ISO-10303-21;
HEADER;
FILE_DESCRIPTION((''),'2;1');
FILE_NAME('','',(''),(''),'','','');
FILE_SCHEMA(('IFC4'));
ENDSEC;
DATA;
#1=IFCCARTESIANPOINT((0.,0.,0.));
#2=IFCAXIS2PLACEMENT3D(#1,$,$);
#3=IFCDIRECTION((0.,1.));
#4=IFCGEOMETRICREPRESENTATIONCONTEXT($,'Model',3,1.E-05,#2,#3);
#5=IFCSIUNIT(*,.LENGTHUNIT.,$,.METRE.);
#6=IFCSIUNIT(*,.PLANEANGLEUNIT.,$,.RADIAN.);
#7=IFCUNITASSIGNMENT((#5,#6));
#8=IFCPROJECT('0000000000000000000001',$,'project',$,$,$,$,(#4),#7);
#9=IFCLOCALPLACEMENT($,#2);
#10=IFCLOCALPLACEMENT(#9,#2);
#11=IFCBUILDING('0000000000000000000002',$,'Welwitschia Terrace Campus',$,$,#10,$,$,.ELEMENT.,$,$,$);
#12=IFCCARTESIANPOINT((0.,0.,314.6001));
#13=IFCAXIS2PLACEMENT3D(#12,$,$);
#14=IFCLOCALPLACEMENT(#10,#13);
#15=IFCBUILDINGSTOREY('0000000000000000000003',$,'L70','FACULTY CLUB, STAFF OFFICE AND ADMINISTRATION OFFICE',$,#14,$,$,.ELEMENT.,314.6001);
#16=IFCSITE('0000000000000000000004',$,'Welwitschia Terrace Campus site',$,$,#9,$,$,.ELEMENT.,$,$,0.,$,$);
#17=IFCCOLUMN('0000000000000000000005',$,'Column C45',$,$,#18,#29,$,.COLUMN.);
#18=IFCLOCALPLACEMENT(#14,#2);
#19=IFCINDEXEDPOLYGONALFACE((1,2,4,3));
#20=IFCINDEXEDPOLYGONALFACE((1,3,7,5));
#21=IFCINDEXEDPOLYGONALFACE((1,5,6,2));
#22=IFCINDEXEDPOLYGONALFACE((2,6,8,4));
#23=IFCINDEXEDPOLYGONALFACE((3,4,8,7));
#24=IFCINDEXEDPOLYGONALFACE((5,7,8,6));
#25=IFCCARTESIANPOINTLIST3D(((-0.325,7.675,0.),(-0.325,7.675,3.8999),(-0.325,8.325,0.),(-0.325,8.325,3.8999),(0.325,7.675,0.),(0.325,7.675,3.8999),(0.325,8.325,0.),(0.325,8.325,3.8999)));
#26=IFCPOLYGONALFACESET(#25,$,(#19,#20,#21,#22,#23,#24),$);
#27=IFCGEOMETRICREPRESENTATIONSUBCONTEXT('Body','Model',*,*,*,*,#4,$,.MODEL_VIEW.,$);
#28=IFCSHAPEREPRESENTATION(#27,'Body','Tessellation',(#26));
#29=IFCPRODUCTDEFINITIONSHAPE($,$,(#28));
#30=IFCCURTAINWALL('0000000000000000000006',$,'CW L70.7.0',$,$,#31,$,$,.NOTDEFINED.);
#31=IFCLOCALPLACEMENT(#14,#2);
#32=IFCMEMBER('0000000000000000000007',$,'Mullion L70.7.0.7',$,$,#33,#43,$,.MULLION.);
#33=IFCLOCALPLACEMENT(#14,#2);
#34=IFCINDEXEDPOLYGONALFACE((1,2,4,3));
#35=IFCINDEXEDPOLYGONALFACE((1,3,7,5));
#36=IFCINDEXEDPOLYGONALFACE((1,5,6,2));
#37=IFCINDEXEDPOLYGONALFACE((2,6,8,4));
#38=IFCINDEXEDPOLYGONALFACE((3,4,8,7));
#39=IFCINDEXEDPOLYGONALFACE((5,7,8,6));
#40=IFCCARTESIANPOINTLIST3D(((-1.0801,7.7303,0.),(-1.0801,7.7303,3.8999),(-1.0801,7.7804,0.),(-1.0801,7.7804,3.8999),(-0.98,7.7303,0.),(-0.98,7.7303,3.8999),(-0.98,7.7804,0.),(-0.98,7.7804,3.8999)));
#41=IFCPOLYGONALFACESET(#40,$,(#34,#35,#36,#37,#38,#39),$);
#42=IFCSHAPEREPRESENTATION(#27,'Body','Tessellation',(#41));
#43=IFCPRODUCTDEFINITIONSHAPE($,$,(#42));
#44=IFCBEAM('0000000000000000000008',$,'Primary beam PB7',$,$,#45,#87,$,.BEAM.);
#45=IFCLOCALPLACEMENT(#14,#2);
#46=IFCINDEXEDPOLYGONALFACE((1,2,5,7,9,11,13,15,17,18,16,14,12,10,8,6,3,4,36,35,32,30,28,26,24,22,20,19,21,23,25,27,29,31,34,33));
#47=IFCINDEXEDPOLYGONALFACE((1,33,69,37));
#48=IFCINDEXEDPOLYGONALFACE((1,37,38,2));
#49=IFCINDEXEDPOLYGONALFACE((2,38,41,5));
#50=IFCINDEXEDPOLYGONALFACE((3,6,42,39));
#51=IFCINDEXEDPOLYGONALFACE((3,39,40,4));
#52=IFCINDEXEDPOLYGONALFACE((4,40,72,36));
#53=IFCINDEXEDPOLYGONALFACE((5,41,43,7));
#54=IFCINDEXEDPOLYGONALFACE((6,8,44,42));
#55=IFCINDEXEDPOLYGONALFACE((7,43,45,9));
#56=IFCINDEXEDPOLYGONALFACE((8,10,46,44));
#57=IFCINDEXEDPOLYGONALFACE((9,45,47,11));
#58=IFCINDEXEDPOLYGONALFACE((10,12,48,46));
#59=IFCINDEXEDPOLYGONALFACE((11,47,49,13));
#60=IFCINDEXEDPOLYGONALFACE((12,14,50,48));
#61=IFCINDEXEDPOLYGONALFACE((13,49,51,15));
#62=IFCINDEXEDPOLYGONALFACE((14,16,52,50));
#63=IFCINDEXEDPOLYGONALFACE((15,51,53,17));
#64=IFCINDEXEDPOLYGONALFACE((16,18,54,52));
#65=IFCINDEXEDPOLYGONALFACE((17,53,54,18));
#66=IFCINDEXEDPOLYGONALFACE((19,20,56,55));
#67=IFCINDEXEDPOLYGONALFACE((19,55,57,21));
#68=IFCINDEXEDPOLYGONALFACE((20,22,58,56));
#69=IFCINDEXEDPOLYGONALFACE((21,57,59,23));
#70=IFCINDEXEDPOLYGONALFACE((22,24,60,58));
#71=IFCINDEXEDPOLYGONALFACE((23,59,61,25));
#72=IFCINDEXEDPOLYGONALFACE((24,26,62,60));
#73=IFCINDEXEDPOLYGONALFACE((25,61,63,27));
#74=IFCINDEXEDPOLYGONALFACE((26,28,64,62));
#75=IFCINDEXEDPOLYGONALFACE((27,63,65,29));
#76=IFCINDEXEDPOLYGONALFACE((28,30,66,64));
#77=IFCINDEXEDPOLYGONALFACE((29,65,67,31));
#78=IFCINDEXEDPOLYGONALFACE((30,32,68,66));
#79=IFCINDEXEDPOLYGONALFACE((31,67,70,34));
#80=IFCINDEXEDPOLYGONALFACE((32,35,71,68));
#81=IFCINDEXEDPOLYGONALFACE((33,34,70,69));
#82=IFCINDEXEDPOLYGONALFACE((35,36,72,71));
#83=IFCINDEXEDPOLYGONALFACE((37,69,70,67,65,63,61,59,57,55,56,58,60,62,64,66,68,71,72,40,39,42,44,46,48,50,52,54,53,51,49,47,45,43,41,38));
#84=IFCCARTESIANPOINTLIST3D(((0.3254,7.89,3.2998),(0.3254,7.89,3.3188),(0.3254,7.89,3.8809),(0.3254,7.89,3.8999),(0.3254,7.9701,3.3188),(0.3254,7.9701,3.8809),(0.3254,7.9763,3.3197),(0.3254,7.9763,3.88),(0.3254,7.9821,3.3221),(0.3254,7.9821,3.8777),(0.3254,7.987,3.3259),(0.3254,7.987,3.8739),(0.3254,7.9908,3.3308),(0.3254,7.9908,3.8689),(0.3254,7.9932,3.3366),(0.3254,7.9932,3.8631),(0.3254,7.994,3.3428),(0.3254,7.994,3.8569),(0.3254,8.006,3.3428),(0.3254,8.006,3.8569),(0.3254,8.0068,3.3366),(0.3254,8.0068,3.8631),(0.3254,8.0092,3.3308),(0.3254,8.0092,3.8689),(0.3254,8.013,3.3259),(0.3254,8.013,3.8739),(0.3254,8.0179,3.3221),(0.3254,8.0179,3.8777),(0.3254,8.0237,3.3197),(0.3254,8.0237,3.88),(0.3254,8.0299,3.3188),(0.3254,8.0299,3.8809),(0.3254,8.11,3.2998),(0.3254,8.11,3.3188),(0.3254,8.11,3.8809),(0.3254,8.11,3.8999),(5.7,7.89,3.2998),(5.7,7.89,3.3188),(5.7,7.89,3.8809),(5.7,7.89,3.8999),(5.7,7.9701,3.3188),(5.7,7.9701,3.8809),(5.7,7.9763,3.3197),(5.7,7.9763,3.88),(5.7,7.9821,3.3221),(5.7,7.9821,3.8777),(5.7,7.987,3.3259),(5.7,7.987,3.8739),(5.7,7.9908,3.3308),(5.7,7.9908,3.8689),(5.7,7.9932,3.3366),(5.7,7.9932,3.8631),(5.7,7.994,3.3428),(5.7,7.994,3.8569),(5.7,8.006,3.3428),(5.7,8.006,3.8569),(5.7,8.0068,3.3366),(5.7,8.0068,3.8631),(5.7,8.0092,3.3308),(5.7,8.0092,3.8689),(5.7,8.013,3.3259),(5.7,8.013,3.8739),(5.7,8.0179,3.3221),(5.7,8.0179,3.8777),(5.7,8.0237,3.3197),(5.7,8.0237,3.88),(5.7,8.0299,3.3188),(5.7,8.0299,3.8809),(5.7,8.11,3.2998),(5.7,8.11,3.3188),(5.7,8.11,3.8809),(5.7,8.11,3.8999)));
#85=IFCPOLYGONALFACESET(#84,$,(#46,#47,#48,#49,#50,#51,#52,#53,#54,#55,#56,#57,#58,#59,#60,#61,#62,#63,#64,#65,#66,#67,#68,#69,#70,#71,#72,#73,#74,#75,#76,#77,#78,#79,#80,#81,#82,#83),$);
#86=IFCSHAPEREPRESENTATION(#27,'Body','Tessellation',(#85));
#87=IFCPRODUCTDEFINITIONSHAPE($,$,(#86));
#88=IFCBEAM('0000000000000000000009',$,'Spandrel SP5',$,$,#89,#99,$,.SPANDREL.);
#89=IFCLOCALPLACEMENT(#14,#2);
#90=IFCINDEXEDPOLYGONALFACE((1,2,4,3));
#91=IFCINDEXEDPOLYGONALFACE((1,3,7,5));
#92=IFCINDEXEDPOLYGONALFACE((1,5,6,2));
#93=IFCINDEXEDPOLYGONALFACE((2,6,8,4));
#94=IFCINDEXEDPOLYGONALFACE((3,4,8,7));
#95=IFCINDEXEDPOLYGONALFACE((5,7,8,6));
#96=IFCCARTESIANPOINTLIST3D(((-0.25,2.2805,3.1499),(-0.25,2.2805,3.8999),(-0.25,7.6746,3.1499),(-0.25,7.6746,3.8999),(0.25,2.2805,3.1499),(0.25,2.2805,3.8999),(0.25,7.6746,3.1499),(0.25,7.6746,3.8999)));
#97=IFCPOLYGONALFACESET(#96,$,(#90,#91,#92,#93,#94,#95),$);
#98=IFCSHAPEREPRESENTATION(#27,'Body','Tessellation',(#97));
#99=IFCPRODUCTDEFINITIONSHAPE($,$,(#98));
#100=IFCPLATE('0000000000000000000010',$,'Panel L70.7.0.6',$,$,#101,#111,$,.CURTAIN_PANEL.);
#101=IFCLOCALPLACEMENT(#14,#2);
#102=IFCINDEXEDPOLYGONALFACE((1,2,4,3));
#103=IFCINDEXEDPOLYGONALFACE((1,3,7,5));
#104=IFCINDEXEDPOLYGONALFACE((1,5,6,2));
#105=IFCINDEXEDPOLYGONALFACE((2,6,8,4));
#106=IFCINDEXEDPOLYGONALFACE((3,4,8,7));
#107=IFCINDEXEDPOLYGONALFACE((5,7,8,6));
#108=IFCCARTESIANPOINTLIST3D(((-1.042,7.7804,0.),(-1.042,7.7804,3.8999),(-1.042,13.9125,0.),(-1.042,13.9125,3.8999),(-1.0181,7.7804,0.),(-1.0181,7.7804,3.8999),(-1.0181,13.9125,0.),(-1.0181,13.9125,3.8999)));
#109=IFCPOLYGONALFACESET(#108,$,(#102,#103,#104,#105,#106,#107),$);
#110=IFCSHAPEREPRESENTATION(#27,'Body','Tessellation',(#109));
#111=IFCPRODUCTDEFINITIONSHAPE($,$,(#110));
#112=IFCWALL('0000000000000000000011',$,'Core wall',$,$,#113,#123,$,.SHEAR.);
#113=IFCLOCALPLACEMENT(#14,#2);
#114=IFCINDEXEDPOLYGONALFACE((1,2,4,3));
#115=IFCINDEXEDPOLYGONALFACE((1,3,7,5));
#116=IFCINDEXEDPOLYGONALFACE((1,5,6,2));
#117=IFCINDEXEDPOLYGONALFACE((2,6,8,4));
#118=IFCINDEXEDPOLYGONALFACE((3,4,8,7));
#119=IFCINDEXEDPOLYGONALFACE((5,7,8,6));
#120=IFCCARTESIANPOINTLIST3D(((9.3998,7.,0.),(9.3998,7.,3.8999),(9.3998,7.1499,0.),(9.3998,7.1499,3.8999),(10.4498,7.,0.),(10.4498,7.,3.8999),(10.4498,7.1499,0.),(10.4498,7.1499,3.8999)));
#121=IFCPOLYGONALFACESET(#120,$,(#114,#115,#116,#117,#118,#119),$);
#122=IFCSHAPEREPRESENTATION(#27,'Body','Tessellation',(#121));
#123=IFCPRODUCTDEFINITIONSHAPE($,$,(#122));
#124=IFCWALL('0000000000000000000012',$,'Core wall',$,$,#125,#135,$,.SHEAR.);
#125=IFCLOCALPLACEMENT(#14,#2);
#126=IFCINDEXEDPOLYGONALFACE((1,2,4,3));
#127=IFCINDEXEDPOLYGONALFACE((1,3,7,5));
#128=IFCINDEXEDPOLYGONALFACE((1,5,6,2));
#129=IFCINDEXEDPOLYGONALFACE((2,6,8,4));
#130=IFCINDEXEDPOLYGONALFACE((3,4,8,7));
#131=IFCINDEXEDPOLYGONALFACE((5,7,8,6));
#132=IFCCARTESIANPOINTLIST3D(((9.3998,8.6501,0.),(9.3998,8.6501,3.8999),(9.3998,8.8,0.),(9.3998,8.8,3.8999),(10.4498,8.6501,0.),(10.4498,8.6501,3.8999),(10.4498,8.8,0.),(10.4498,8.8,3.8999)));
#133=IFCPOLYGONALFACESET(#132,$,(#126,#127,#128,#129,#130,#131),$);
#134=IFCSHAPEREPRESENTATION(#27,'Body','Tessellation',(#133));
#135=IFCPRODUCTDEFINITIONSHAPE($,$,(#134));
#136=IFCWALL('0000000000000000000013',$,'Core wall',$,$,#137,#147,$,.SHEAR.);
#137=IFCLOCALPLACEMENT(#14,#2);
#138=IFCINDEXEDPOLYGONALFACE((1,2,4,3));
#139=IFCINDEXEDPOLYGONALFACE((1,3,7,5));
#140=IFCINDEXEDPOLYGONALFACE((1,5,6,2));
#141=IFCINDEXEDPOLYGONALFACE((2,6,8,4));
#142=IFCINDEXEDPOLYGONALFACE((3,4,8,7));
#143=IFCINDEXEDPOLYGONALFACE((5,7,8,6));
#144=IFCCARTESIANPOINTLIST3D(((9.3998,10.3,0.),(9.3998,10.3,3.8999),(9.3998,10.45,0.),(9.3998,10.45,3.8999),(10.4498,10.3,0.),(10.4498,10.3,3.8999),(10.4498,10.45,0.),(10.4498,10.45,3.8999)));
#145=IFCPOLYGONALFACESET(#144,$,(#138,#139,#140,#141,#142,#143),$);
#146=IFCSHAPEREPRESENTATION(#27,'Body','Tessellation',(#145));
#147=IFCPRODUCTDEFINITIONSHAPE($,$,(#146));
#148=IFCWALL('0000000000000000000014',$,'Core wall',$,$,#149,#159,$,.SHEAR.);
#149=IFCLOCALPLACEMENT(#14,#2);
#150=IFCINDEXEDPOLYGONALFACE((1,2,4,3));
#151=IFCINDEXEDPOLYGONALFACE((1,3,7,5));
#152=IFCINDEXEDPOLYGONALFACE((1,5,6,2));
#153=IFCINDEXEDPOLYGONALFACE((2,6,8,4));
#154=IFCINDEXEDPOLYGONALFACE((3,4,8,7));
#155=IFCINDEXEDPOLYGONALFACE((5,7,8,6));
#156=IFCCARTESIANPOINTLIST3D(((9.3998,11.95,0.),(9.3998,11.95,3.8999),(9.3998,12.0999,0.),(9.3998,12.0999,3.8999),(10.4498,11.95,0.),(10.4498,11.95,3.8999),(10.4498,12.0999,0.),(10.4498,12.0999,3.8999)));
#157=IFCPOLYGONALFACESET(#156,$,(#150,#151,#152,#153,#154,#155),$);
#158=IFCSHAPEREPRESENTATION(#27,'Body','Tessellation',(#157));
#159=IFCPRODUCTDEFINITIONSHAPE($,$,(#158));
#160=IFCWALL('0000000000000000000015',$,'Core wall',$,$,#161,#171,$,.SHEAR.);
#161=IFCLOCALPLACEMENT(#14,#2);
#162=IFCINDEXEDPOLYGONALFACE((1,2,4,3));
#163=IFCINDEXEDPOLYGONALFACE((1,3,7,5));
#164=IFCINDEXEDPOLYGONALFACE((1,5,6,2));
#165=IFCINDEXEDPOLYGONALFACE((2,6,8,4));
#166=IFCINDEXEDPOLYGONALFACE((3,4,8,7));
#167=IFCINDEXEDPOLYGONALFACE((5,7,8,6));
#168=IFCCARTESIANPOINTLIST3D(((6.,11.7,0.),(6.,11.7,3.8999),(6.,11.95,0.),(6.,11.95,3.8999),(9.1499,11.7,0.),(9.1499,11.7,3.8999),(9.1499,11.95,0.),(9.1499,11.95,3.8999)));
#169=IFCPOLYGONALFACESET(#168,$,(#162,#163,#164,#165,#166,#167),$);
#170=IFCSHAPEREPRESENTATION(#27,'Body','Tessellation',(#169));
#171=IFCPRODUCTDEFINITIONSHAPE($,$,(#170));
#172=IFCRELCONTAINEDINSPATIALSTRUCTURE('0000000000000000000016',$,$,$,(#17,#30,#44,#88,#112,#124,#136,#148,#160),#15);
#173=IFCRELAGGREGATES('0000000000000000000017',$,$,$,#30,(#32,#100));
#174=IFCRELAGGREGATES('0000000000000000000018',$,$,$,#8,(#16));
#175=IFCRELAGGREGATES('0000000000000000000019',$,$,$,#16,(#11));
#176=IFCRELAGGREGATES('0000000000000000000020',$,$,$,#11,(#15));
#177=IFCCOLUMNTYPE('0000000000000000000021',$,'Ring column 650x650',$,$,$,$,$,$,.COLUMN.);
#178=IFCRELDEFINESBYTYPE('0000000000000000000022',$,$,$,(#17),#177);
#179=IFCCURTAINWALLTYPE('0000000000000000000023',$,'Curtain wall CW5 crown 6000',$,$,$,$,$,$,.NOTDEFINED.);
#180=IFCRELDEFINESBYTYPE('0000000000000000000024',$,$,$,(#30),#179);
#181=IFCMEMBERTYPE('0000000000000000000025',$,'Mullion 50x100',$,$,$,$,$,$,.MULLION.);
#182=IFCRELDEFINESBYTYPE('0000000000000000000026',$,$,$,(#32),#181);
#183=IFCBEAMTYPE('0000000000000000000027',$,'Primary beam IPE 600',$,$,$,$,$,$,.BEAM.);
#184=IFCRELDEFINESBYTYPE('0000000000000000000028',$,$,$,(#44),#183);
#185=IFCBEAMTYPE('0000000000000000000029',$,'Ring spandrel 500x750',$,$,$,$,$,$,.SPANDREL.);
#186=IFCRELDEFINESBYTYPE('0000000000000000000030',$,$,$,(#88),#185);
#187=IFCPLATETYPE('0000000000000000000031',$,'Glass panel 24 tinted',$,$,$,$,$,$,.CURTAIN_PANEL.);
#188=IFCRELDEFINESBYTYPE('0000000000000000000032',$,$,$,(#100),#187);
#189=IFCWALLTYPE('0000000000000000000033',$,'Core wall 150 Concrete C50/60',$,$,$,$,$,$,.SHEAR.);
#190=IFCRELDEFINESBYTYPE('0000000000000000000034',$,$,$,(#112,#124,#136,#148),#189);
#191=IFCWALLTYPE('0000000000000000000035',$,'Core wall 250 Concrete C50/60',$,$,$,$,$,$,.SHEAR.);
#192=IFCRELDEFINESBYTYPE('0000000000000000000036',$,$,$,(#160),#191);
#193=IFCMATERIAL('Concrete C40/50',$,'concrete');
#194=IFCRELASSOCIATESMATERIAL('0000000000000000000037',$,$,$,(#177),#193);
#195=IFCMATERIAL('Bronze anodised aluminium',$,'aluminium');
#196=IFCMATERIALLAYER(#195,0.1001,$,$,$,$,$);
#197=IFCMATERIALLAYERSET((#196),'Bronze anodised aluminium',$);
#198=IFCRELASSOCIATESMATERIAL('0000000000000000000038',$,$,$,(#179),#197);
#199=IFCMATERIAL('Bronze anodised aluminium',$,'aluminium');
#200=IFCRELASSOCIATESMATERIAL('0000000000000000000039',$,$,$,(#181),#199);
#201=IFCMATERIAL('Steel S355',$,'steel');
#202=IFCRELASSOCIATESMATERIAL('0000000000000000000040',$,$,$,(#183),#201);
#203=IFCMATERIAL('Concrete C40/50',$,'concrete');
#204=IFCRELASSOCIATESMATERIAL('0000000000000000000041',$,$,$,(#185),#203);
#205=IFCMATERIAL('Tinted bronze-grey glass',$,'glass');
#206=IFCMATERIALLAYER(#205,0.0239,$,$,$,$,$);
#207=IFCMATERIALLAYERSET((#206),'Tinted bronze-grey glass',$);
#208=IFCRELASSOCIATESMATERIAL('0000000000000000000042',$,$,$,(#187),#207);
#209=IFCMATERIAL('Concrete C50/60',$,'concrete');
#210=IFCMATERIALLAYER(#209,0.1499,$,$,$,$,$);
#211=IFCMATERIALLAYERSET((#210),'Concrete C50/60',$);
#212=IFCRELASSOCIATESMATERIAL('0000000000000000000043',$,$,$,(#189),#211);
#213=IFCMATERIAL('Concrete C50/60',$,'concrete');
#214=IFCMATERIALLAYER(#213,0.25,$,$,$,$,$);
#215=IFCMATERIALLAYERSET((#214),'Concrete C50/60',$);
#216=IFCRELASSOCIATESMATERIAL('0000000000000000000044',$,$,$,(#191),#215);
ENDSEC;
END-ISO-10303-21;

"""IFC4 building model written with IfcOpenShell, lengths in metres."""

from ifc_helpers import new_model, si_unit, direction, frame, frame_2d, origin, origin_2d, place, context, subcontext, project, spatial, rectangle, i_section, extrude, material, layer, layer_set, material_profile, profile_set, type_object, element, aggregate, save


model = new_model("IFC4")

# Units and contexts
model_context = context("Model", 3, precision=1e-05, world=origin(), true_north=direction((0.0, 1.0)))
body_context = subcontext(model_context, "Body", "Model", "MODEL_VIEW")
ifc_project = project(units=[si_unit("LENGTHUNIT", "METRE"), si_unit("PLANEANGLEUNIT", "RADIAN")], contexts=[model_context])

# Site, building, storey
site_placement = place(None, origin())
site = spatial("IfcSite", under=ifc_project, at=site_placement, Name="Welwitschia Terrace Campus site", CompositionType="ELEMENT", RefElevation=0.0)
building_placement = place(site_placement, origin())
building = spatial("IfcBuilding", under=site, at=building_placement, Name="Welwitschia Terrace Campus", CompositionType="ELEMENT")
storey_placement = place(building_placement, frame((0.0, 0.0, 314.6001)))
storey = spatial("IfcBuildingStorey", under=building, at=storey_placement, Name="L70", Description="FACULTY CLUB, STAFF OFFICE AND ADMINISTRATION OFFICE", CompositionType="ELEMENT", Elevation=314.6001)

# Column
ifc_material_1 = material(Name="Concrete C40/50", Category="concrete")
ifc_material_profile_1 = material_profile(ifc_material_1, rectangle(XDim=0.6499, YDim=0.6499, at=origin_2d()))
ifc_profile_set_1 = profile_set([ifc_material_profile_1], Name="Concrete C40/50")
column_type = type_object("IfcColumnType", Name="Ring column 650x650", PredefinedType="COLUMN", material=ifc_profile_set_1)
column_placement = place(storey_placement, frame((0.0, 8.0, 0.0), z_axis=(0.0, 0.0, 1.0), x_axis=(1.0, 0.0, 0.0)))
element("IfcColumn", 1, at=column_placement, inside=storey, type_object=column_type, Name="Column C45", PredefinedType="COLUMN", context=body_context, shape_type="SweptSolid", body=[
    extrude(rectangle(XDim=0.6499, YDim=0.6499, at=origin_2d()), origin(), (0.0, 0.0, 1.0), 3.8999),
])

# Curtain wall, member
ifc_material_2 = material(Name="Bronze anodised aluminium", Category="aluminium")
ifc_layer_1 = layer(ifc_material_2, 0.1001)
ifc_layer_set_1 = layer_set([ifc_layer_1], Name="Bronze anodised aluminium")
curtain_wall_type = type_object("IfcCurtainWallType", Name="Curtain wall CW5 crown 6000", PredefinedType="NOTDEFINED", material=ifc_layer_set_1)
curtain_wall_placement = place(storey_placement, origin())
curtain_wall = element("IfcCurtainWall", 2, at=curtain_wall_placement, inside=storey, type_object=curtain_wall_type, Name="CW L70.7.0", PredefinedType="NOTDEFINED")
ifc_material_3 = material(Name="Bronze anodised aluminium", Category="aluminium")
ifc_material_profile_2 = material_profile(ifc_material_3, rectangle(XDim=0.1001, YDim=0.05, at=origin_2d()))
ifc_profile_set_2 = profile_set([ifc_material_profile_2], Name="Bronze anodised aluminium")
member_type = type_object("IfcMemberType", Name="Mullion 50x100", PredefinedType="MULLION", material=ifc_profile_set_2)
member_placement = place(storey_placement, frame((-1.03, 7.7554, 0.0), z_axis=(0.0, 0.0, 1.0), x_axis=(1.0, 0.0, 0.0)))
member = element("IfcMember", 3, at=member_placement, type_object=member_type, Name="Mullion L70.7.0.7", PredefinedType="MULLION", context=body_context, shape_type="SweptSolid", body=[
    extrude(rectangle(XDim=0.1001, YDim=0.05, at=origin_2d()), origin(), (0.0, 0.0, 1.0), 3.8999),
])

# Beams
ifc_material_4 = material(Name="Steel S355", Category="steel")
ifc_material_profile_3 = material_profile(ifc_material_4, i_section(OverallWidth=0.22, OverallDepth=0.6001, WebThickness=0.012, FlangeThickness=0.019, FilletRadius=0.0239, at=origin_2d()))
ifc_profile_set_3 = profile_set([ifc_material_profile_3], Name="Steel S355")
beam_type_1 = type_object("IfcBeamType", Name="Primary beam IPE 600", PredefinedType="BEAM", material=ifc_profile_set_3)
beam_1_placement = place(storey_placement, frame((0.3254, 8.0, 3.5999), z_axis=(1.0, 0.0, 0.0), x_axis=(0.0, 1.0, 0.0)))
element("IfcBeam", 4, at=beam_1_placement, inside=storey, type_object=beam_type_1, Name="Primary beam PB7", PredefinedType="BEAM", context=body_context, shape_type="SweptSolid", body=[
    extrude(i_section(OverallWidth=0.22, OverallDepth=0.6001, WebThickness=0.012, FlangeThickness=0.019, FilletRadius=0.0239, at=origin_2d()), origin(), (0.0, 0.0, 1.0), 5.3745),
])
ifc_material_5 = material(Name="Concrete C40/50", Category="concrete")
ifc_material_profile_4 = material_profile(ifc_material_5, rectangle(XDim=0.5, YDim=0.75, at=origin_2d()))
ifc_profile_set_4 = profile_set([ifc_material_profile_4], Name="Concrete C40/50")
beam_type_2 = type_object("IfcBeamType", Name="Ring spandrel 500x750", PredefinedType="SPANDREL", material=ifc_profile_set_4)
beam_2_placement = place(storey_placement, frame((0.0, 7.6746, 3.5249), z_axis=(0.0, -1.0, 0.0), x_axis=(1.0, 0.0, 0.0)))
element("IfcBeam", 5, at=beam_2_placement, inside=storey, type_object=beam_type_2, Name="Spandrel SP5", PredefinedType="SPANDREL", context=body_context, shape_type="SweptSolid", body=[
    extrude(rectangle(XDim=0.5, YDim=0.75, at=origin_2d()), origin(), (0.0, 0.0, 1.0), 5.394),
])

# Plate
ifc_material_6 = material(Name="Tinted bronze-grey glass", Category="glass")
ifc_layer_2 = layer(ifc_material_6, 0.0239)
ifc_layer_set_2 = layer_set([ifc_layer_2], Name="Tinted bronze-grey glass")
plate_type = type_object("IfcPlateType", Name="Glass panel 24 tinted", PredefinedType="CURTAIN_PANEL", material=ifc_layer_set_2)
plate_placement = place(storey_placement, frame((-1.03, 10.8464, 0.0), z_axis=(0.0, 0.0, 1.0), x_axis=(0.0, -1.0, 0.0)))
plate = element("IfcPlate", 6, at=plate_placement, type_object=plate_type, Name="Panel L70.7.0.6", PredefinedType="CURTAIN_PANEL", context=body_context, shape_type="SweptSolid", body=[
    extrude(rectangle(XDim=6.1321, YDim=0.0239, at=origin_2d()), origin(), (0.0, 0.0, 1.0), 3.8999),
])
aggregate(curtain_wall, [member, plate])

# Walls
ifc_material_7 = material(Name="Concrete C50/60", Category="concrete")
ifc_layer_3 = layer(ifc_material_7, 0.1499)
ifc_layer_set_3 = layer_set([ifc_layer_3], Name="Concrete C50/60")
wall_type_1 = type_object("IfcWallType", Name="Core wall 150 Concrete C50/60", PredefinedType="SHEAR", material=ifc_layer_set_3)
for number, where, z_axis, x_axis, name in (
    (7, (9.3999, 7.075, 0.0), (0.0, 0.0, 1.0), (1.0, 0.0, 0.0), "Core wall"),
    (8, (9.3999, 8.7251, 0.0), (0.0, 0.0, 1.0), (1.0, 0.0, 0.0), "Core wall"),
    (9, (9.3999, 10.375, 0.0), (0.0, 0.0, 1.0), (1.0, 0.0, 0.0), "Core wall"),
    (10, (9.3999, 12.0249, 0.0), (0.0, 0.0, 1.0), (1.0, 0.0, 0.0), "Core wall"),
):
    element("IfcWall", number, at=place(storey_placement, frame(where, z_axis=z_axis, x_axis=x_axis)), inside=storey, type_object=wall_type_1, Name=name, PredefinedType="SHEAR", context=body_context, shape_type="SweptSolid", body=[
        extrude(rectangle(XDim=1.05, YDim=0.1499, at=frame_2d((0.5249, 0.0))), origin(), (0.0, 0.0, 1.0), 3.8999),
    ])
ifc_material_8 = material(Name="Concrete C50/60", Category="concrete")
ifc_layer_4 = layer(ifc_material_8, 0.25)
ifc_layer_set_4 = layer_set([ifc_layer_4], Name="Concrete C50/60")
wall_type_2 = type_object("IfcWallType", Name="Core wall 250 Concrete C50/60", PredefinedType="SHEAR", material=ifc_layer_set_4)
wall_1_placement = place(storey_placement, frame((6.0, 11.825, 0.0), z_axis=(0.0, 0.0, 1.0), x_axis=(1.0, 0.0, 0.0)))
element("IfcWall", 11, at=wall_1_placement, inside=storey, type_object=wall_type_2, Name="Core wall", PredefinedType="SHEAR", context=body_context, shape_type="SweptSolid", body=[
    extrude(rectangle(XDim=3.1499, YDim=0.25, at=frame_2d((1.575, 0.0))), origin(), (0.0, 0.0, 1.0), 3.8999),
])

save(model, "model.ifc")
